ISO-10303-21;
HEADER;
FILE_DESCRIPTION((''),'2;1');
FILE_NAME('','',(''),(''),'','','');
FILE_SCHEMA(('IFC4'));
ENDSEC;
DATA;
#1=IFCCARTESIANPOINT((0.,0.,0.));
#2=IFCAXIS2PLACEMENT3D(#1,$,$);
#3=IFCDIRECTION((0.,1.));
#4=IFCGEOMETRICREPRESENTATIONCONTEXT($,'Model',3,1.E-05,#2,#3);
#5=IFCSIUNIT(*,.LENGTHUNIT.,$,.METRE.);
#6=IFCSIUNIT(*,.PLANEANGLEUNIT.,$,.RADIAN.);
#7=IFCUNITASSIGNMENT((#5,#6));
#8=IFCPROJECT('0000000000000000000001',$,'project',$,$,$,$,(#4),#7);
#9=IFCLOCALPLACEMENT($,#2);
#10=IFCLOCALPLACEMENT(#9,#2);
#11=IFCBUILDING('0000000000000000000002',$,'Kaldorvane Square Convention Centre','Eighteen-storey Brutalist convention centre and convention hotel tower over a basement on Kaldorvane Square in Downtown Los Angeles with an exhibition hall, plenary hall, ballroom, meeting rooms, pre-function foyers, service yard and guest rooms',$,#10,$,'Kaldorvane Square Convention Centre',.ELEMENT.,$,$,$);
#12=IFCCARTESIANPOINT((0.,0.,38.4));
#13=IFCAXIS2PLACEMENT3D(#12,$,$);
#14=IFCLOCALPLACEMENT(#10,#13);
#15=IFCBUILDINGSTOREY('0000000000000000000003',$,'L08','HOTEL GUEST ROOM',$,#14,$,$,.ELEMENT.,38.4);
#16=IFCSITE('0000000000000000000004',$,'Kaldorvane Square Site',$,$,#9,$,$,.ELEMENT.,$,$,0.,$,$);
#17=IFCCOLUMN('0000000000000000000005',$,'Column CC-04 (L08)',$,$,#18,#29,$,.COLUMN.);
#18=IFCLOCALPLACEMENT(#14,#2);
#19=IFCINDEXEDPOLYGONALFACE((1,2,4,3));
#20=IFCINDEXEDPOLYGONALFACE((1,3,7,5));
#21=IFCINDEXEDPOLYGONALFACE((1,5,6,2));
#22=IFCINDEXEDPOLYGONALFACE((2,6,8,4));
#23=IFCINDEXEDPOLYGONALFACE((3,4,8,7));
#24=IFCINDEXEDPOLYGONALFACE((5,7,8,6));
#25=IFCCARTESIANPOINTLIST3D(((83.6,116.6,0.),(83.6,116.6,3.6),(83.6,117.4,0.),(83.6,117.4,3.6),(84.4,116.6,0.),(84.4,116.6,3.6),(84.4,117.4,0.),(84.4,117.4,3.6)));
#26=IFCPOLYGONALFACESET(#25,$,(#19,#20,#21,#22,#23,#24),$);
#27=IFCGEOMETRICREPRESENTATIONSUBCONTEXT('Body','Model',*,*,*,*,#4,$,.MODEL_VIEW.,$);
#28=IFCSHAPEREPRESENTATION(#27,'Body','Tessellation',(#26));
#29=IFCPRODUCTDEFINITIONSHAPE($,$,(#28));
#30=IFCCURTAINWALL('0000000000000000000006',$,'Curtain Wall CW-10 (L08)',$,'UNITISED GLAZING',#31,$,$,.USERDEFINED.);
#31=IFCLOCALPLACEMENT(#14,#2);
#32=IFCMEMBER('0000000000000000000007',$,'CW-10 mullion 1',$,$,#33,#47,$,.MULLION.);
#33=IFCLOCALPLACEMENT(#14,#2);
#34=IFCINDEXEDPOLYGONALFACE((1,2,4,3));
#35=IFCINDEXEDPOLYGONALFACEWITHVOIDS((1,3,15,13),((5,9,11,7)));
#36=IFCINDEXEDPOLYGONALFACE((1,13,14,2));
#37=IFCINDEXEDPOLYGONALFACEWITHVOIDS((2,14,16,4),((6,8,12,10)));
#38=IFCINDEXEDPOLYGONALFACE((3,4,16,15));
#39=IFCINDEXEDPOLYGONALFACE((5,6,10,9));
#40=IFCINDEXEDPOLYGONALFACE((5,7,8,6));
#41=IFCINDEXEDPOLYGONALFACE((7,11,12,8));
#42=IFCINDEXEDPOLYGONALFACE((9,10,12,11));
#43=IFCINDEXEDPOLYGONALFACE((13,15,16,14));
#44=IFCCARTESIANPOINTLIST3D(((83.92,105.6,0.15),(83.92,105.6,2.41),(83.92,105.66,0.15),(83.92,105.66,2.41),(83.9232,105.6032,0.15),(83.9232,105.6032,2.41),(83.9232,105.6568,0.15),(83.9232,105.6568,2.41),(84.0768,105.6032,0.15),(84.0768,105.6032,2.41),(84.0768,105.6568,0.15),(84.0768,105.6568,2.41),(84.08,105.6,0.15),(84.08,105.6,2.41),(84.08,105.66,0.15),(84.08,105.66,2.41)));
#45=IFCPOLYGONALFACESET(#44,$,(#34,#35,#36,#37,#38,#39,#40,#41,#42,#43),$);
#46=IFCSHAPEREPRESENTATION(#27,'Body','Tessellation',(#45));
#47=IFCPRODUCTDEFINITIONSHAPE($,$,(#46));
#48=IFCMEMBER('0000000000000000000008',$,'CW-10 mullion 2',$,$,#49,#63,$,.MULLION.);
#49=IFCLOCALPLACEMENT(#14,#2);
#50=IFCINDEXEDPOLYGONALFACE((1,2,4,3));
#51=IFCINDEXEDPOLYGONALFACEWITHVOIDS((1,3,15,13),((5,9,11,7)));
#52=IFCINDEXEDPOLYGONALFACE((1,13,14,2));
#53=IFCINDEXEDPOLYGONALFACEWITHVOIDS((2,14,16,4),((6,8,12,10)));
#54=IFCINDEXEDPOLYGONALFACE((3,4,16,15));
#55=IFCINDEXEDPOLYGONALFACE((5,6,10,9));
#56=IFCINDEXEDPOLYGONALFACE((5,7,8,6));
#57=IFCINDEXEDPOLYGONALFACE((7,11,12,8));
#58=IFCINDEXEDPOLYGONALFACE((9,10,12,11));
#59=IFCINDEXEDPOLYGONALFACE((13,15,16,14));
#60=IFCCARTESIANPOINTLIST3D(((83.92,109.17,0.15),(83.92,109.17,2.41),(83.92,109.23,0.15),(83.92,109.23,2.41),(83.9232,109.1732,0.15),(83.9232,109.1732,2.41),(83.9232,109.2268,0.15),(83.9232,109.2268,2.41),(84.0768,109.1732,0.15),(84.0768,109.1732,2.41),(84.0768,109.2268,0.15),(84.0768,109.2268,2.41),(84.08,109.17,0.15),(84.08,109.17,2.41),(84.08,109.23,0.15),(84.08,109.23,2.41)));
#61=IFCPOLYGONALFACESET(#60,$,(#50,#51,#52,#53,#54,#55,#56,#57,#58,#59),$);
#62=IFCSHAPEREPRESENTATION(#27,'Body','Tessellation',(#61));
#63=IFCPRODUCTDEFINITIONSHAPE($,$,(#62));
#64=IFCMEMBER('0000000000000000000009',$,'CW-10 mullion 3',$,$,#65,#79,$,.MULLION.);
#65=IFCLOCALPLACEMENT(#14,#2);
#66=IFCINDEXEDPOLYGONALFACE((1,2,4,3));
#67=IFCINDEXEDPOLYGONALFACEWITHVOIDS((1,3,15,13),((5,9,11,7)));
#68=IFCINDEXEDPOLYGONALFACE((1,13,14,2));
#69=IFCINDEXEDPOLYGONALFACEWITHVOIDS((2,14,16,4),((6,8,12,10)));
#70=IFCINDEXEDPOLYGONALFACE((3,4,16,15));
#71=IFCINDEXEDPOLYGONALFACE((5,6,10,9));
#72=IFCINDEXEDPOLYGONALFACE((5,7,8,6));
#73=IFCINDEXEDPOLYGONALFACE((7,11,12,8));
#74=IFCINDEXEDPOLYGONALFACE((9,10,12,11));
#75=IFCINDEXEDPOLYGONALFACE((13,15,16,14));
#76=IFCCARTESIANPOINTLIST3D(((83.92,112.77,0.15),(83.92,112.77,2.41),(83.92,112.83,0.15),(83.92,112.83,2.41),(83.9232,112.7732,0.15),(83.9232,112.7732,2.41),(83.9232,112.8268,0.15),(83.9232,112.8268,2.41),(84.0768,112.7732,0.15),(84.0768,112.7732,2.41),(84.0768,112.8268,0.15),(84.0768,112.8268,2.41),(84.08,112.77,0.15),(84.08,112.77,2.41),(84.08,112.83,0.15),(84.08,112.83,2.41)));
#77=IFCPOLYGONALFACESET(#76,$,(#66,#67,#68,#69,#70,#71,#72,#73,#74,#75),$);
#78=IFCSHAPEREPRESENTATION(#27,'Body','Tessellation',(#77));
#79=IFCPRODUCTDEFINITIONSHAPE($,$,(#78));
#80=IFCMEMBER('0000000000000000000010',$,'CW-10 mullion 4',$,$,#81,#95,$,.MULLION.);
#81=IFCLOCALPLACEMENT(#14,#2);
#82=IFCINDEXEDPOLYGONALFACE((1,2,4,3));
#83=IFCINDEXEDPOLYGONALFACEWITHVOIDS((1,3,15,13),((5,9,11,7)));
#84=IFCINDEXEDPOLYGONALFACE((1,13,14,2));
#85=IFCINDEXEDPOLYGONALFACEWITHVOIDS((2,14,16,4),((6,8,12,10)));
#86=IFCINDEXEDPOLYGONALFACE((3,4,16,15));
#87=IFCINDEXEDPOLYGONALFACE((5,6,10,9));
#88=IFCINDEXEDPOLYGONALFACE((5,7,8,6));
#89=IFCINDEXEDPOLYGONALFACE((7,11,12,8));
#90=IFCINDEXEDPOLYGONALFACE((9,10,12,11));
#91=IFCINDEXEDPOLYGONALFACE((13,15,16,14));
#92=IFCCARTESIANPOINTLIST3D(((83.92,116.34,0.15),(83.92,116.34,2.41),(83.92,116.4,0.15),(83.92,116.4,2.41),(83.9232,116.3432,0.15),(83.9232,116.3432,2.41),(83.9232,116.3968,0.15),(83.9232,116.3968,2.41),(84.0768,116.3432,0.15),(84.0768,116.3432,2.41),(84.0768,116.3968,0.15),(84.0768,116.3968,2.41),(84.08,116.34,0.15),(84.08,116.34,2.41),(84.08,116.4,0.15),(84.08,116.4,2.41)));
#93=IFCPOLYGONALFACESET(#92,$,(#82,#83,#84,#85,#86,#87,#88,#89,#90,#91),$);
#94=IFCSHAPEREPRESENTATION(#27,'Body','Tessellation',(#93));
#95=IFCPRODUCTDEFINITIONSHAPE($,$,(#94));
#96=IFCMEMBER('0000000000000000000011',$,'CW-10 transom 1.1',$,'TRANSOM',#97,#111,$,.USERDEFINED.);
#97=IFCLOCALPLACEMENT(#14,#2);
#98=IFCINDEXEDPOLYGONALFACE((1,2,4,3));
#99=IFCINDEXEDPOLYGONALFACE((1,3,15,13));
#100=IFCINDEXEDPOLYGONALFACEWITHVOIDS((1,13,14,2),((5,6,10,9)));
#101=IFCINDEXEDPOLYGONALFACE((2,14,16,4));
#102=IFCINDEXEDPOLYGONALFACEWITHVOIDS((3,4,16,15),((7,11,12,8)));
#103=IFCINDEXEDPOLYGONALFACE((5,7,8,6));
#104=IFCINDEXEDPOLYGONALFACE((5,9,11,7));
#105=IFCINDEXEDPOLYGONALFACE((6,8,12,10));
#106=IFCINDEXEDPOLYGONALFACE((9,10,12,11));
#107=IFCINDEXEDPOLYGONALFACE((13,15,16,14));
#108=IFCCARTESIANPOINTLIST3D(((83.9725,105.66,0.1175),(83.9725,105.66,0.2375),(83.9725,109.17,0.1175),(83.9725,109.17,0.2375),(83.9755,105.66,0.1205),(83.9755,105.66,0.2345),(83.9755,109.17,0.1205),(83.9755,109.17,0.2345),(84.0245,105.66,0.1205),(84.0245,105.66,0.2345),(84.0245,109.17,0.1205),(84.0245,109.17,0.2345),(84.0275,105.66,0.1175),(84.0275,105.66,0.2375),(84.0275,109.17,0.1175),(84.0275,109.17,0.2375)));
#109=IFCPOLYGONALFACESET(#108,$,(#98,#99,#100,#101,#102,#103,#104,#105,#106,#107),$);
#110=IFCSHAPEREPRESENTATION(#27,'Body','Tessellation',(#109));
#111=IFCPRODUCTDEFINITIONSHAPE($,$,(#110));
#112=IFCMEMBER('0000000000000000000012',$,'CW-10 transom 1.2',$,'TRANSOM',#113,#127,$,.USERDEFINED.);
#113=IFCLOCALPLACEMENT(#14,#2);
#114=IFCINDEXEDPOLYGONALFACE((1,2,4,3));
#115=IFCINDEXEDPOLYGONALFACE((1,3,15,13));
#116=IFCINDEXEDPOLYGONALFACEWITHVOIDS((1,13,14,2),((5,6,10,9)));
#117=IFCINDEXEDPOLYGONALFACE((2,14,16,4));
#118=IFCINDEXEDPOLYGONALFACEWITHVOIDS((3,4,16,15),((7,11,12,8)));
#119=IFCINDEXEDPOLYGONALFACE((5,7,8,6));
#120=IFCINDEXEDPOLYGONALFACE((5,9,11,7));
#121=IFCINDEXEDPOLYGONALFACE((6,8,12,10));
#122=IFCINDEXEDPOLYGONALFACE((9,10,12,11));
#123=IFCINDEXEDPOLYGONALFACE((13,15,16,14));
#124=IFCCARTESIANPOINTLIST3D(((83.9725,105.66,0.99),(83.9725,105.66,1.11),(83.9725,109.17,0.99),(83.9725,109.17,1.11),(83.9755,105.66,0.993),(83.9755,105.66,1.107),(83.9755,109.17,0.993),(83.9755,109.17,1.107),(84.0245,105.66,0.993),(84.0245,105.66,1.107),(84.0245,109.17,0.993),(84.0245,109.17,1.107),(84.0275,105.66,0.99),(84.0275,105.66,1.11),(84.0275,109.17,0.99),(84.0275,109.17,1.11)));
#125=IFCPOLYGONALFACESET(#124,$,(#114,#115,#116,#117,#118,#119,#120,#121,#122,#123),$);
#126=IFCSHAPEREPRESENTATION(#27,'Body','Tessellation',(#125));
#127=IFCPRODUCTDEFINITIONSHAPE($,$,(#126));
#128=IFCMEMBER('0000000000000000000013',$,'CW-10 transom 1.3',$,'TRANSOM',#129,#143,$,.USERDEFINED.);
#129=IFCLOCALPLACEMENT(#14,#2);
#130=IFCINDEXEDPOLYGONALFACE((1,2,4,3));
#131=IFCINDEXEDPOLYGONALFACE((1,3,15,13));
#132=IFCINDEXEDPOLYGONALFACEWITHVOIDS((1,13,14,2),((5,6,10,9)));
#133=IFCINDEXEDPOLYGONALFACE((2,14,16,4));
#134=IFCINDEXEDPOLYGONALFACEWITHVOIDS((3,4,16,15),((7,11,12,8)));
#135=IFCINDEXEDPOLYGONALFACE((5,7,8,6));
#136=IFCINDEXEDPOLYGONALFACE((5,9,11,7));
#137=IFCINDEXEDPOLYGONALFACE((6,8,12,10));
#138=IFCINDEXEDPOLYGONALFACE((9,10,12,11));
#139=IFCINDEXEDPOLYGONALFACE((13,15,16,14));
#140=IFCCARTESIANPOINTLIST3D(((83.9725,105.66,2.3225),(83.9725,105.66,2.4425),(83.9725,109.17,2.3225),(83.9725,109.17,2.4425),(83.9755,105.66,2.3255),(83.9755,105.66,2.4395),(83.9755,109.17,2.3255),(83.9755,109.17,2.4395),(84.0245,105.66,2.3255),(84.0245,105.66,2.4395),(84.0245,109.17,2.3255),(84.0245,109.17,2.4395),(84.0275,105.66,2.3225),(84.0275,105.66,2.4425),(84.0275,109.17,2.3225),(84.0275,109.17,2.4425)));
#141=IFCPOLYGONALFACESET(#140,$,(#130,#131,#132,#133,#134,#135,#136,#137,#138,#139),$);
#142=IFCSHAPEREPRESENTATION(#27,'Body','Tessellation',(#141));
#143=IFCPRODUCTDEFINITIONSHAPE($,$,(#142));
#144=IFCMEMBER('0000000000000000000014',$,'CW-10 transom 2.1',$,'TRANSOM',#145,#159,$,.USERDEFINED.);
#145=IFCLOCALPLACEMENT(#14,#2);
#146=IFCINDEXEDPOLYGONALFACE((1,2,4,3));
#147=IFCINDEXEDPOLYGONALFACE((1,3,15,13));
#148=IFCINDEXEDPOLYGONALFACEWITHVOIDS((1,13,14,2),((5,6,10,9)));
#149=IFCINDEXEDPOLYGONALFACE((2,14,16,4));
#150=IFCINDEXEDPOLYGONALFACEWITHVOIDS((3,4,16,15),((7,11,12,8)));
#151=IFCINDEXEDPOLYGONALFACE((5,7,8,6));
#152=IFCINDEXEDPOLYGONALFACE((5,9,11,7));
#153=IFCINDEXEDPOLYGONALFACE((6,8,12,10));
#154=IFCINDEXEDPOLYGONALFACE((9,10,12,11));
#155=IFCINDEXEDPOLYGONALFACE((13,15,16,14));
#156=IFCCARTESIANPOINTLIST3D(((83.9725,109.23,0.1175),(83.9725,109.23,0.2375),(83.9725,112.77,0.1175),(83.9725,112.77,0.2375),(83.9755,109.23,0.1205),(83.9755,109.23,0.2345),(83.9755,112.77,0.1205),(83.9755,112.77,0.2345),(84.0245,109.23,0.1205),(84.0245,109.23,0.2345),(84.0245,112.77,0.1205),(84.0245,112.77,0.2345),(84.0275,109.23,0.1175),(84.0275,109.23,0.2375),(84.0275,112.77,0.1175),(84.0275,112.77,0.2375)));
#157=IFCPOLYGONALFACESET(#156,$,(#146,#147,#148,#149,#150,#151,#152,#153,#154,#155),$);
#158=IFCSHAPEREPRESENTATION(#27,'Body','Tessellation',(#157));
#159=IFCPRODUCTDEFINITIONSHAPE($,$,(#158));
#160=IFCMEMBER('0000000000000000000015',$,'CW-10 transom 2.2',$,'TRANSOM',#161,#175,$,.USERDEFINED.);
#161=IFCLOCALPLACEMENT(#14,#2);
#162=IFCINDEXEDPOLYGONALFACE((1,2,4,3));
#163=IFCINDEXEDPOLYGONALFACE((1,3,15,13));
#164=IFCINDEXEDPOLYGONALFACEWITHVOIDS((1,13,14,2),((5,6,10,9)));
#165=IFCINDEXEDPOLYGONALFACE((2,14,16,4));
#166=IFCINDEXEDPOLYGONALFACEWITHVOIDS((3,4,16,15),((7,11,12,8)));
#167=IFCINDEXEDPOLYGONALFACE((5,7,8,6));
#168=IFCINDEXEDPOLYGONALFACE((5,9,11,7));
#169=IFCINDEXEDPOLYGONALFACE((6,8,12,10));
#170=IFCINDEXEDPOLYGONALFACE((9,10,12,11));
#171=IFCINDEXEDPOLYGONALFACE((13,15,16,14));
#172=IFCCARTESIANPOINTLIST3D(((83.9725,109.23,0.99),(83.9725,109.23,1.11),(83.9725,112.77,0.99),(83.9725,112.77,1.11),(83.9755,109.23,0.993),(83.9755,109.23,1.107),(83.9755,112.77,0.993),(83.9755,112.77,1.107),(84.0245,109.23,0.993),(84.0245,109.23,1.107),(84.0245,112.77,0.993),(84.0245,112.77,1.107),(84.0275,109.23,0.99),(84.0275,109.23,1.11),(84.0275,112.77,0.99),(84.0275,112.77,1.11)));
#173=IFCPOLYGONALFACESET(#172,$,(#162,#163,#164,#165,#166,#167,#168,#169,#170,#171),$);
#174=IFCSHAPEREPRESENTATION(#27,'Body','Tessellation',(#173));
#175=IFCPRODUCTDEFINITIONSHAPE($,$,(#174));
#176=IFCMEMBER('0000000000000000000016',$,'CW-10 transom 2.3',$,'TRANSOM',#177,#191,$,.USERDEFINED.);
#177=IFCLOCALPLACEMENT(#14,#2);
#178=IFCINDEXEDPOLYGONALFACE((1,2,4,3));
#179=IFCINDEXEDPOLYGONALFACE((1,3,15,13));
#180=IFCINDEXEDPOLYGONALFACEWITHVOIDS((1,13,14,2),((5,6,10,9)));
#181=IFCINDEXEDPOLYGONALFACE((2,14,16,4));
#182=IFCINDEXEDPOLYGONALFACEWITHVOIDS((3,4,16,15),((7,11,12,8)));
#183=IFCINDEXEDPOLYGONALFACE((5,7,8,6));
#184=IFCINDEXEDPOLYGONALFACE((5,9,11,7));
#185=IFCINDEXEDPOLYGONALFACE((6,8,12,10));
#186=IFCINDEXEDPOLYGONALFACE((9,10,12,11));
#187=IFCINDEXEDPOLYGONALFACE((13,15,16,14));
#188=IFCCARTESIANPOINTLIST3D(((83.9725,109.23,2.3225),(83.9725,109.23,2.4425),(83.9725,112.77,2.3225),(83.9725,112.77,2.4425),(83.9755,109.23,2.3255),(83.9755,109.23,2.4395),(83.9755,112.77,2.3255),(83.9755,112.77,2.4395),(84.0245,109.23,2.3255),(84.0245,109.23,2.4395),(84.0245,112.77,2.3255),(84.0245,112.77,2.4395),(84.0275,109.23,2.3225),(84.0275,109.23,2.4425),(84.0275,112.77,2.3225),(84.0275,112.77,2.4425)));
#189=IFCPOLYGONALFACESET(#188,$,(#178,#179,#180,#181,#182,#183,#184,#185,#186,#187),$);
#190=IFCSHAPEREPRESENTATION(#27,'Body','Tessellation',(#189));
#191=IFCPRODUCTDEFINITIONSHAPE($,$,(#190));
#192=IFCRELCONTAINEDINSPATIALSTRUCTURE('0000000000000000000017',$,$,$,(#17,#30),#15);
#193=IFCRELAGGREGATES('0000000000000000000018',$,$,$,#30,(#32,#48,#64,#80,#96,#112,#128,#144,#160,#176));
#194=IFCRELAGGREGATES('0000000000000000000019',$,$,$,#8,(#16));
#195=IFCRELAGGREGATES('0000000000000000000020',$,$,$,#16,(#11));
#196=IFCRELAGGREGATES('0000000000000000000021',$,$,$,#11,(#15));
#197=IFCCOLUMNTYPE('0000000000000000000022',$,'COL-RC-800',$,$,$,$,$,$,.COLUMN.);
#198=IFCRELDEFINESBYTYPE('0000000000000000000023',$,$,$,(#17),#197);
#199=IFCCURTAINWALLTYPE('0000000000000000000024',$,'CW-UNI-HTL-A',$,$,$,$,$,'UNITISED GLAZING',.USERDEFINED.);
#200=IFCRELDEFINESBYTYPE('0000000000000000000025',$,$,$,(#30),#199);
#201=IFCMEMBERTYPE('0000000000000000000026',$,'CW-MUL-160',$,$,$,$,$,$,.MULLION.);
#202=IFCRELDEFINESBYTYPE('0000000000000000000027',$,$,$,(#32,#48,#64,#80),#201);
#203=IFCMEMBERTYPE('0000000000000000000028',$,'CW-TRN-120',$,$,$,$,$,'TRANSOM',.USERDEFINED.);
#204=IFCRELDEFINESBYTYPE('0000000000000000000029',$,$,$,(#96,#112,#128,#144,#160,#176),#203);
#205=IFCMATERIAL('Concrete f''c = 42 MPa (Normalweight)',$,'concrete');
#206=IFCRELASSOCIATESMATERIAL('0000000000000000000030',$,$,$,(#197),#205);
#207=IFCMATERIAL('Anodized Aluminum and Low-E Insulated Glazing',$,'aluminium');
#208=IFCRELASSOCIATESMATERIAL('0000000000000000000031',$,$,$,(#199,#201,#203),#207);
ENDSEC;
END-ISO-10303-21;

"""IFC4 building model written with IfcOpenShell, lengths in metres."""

from ifc_helpers import new_model, si_unit, direction, frame, origin, origin_2d, place, context, subcontext, project, spatial, rectangle, hollow_rectangle, extrude, material, material_profile, profile_set, type_object, element, aggregate, save


model = new_model("IFC4")

# Units and contexts
model_context = context("Model", 3, precision=1e-05, world=origin(), true_north=direction((0.0, 1.0)))
body_context = subcontext(model_context, "Body", "Model", "MODEL_VIEW")
ifc_project = project(units=[si_unit("LENGTHUNIT", "METRE"), si_unit("PLANEANGLEUNIT", "RADIAN")], contexts=[model_context])

# Site, building, storey
site_placement = place(None, origin())
site = spatial("IfcSite", under=ifc_project, at=site_placement, Name="Kaldorvane Square Site", CompositionType="ELEMENT", RefElevation=0.0)
building_placement = place(site_placement, origin())
building = spatial("IfcBuilding", under=site, at=building_placement, Name="Kaldorvane Square Convention Centre", Description="Eighteen-storey Brutalist convention centre and convention hotel tower over a basement on Kaldorvane Square in Downtown Los Angeles with an exhibition hall, plenary hall, ballroom, meeting rooms, pre-function foyers, service yard and guest rooms", LongName="Kaldorvane Square Convention Centre", CompositionType="ELEMENT")
storey_placement = place(building_placement, frame((0.0, 0.0, 38.4)))
storey = spatial("IfcBuildingStorey", under=building, at=storey_placement, Name="L08", Description="HOTEL GUEST ROOM", CompositionType="ELEMENT", Elevation=38.4)

# Column
ifc_material_1 = material(Name="Concrete f'c = 42 MPa (Normalweight)", Category="concrete")
ifc_material_profile_1 = material_profile(ifc_material_1, rectangle(XDim=0.8, YDim=0.8, at=origin_2d()), Name="RC800X800")
ifc_profile_set_1 = profile_set([ifc_material_profile_1], Name="Concrete f'c = 42 MPa (Normalweight)")
column_type = type_object("IfcColumnType", Name="COL-RC-800", PredefinedType="COLUMN", material=ifc_profile_set_1)
column_placement = place(storey_placement, frame((84.0, 117.0, 0.0), z_axis=(0.0, 0.0, 1.0), x_axis=(1.0, 0.0, 0.0)))
element("IfcColumn", 1, at=column_placement, inside=storey, type_object=column_type, Name="Column CC-04 (L08)", PredefinedType="COLUMN", context=body_context, shape_type="SweptSolid", body=[
    extrude(rectangle(XDim=0.8, YDim=0.8, at=origin_2d()), origin(), (0.0, 0.0, 1.0), 3.6),
])

# Curtain wall, members
ifc_material_2 = material(Name="Anodized Aluminum and Low-E Insulated Glazing", Category="aluminium")
curtain_wall_type = type_object("IfcCurtainWallType", Name="CW-UNI-HTL-A", ElementType="UNITISED GLAZING", PredefinedType="USERDEFINED", material=ifc_material_2)
curtain_wall_placement = place(storey_placement, origin())
curtain_wall = element("IfcCurtainWall", 2, at=curtain_wall_placement, inside=storey, type_object=curtain_wall_type, Name="Curtain Wall CW-10 (L08)", ObjectType="UNITISED GLAZING", PredefinedType="USERDEFINED")
ifc_material_profile_2 = material_profile(ifc_material_2, hollow_rectangle(XDim=0.06, YDim=0.16, WallThickness=0.0032, at=origin_2d()), Name="CWM-160X60")
ifc_profile_set_2 = profile_set([ifc_material_profile_2], Name="Anodized Aluminum and Low-E Insulated Glazing")
member_type_1 = type_object("IfcMemberType", Name="CW-MUL-160", PredefinedType="MULLION", material=ifc_profile_set_2)
member_1_placement = place(storey_placement, frame((84.0, 105.63, 0.15), z_axis=(0.0, 0.0, 1.0), x_axis=(0.0, 1.0, 0.0)))
member_1 = element("IfcMember", 3, at=member_1_placement, type_object=member_type_1, Name="CW-10 mullion 1", PredefinedType="MULLION", context=body_context, shape_type="SweptSolid", body=[
    extrude(hollow_rectangle(XDim=0.06, YDim=0.16, WallThickness=0.0032, at=origin_2d()), origin(), (0.0, 0.0, 1.0), 2.26),
])
member_2_placement = place(storey_placement, frame((84.0, 109.2, 0.15), z_axis=(0.0, 0.0, 1.0), x_axis=(0.0, 1.0, 0.0)))
member_2 = element("IfcMember", 4, at=member_2_placement, type_object=member_type_1, Name="CW-10 mullion 2", PredefinedType="MULLION", context=body_context, shape_type="SweptSolid", body=[
    extrude(hollow_rectangle(XDim=0.06, YDim=0.16, WallThickness=0.0032, at=origin_2d()), origin(), (0.0, 0.0, 1.0), 2.26),
])
member_3_placement = place(storey_placement, frame((84.0, 112.8, 0.15), z_axis=(0.0, 0.0, 1.0), x_axis=(0.0, 1.0, 0.0)))
member_3 = element("IfcMember", 5, at=member_3_placement, type_object=member_type_1, Name="CW-10 mullion 3", PredefinedType="MULLION", context=body_context, shape_type="SweptSolid", body=[
    extrude(hollow_rectangle(XDim=0.06, YDim=0.16, WallThickness=0.0032, at=origin_2d()), origin(), (0.0, 0.0, 1.0), 2.26),
])
member_4_placement = place(storey_placement, frame((84.0, 116.37, 0.15), z_axis=(0.0, 0.0, 1.0), x_axis=(0.0, 1.0, 0.0)))
member_4 = element("IfcMember", 6, at=member_4_placement, type_object=member_type_1, Name="CW-10 mullion 4", PredefinedType="MULLION", context=body_context, shape_type="SweptSolid", body=[
    extrude(hollow_rectangle(XDim=0.06, YDim=0.16, WallThickness=0.0032, at=origin_2d()), origin(), (0.0, 0.0, 1.0), 2.26),
])
ifc_material_profile_3 = material_profile(ifc_material_2, hollow_rectangle(XDim=0.055, YDim=0.12, WallThickness=0.003, at=origin_2d()), Name="CWT-120X55")
ifc_profile_set_3 = profile_set([ifc_material_profile_3], Name="Anodized Aluminum and Low-E Insulated Glazing")
member_type_2 = type_object("IfcMemberType", Name="CW-TRN-120", ElementType="TRANSOM", PredefinedType="USERDEFINED", material=ifc_profile_set_3)
member_5_placement = place(storey_placement, frame((84.0, 105.66, 0.1775), z_axis=(0.0, 1.0, 0.0), x_axis=(-1.0, 0.0, 0.0)))
member_5 = element("IfcMember", 7, at=member_5_placement, type_object=member_type_2, Name="CW-10 transom 1.1", ObjectType="TRANSOM", PredefinedType="USERDEFINED", context=body_context, shape_type="SweptSolid", body=[
    extrude(hollow_rectangle(XDim=0.055, YDim=0.12, WallThickness=0.003, at=origin_2d()), origin(), (0.0, 0.0, 1.0), 3.51),
])
member_6_placement = place(storey_placement, frame((84.0, 105.66, 1.05), z_axis=(0.0, 1.0, 0.0), x_axis=(-1.0, 0.0, 0.0)))
member_6 = element("IfcMember", 8, at=member_6_placement, type_object=member_type_2, Name="CW-10 transom 1.2", ObjectType="TRANSOM", PredefinedType="USERDEFINED", context=body_context, shape_type="SweptSolid", body=[
    extrude(hollow_rectangle(XDim=0.055, YDim=0.12, WallThickness=0.003, at=origin_2d()), origin(), (0.0, 0.0, 1.0), 3.51),
])
member_7_placement = place(storey_placement, frame((84.0, 105.66, 2.3825), z_axis=(0.0, 1.0, 0.0), x_axis=(-1.0, 0.0, 0.0)))
member_7 = element("IfcMember", 9, at=member_7_placement, type_object=member_type_2, Name="CW-10 transom 1.3", ObjectType="TRANSOM", PredefinedType="USERDEFINED", context=body_context, shape_type="SweptSolid", body=[
    extrude(hollow_rectangle(XDim=0.055, YDim=0.12, WallThickness=0.003, at=origin_2d()), origin(), (0.0, 0.0, 1.0), 3.51),
])
member_8_placement = place(storey_placement, frame((84.0, 109.23, 0.1775), z_axis=(0.0, 1.0, 0.0), x_axis=(-1.0, 0.0, 0.0)))
member_8 = element("IfcMember", 10, at=member_8_placement, type_object=member_type_2, Name="CW-10 transom 2.1", ObjectType="TRANSOM", PredefinedType="USERDEFINED", context=body_context, shape_type="SweptSolid", body=[
    extrude(hollow_rectangle(XDim=0.055, YDim=0.12, WallThickness=0.003, at=origin_2d()), origin(), (0.0, 0.0, 1.0), 3.54),
])
member_9_placement = place(storey_placement, frame((84.0, 109.23, 1.05), z_axis=(0.0, 1.0, 0.0), x_axis=(-1.0, 0.0, 0.0)))
member_9 = element("IfcMember", 11, at=member_9_placement, type_object=member_type_2, Name="CW-10 transom 2.2", ObjectType="TRANSOM", PredefinedType="USERDEFINED", context=body_context, shape_type="SweptSolid", body=[
    extrude(hollow_rectangle(XDim=0.055, YDim=0.12, WallThickness=0.003, at=origin_2d()), origin(), (0.0, 0.0, 1.0), 3.54),
])
member_10_placement = place(storey_placement, frame((84.0, 109.23, 2.3825), z_axis=(0.0, 1.0, 0.0), x_axis=(-1.0, 0.0, 0.0)))
member_10 = element("IfcMember", 12, at=member_10_placement, type_object=member_type_2, Name="CW-10 transom 2.3", ObjectType="TRANSOM", PredefinedType="USERDEFINED", context=body_context, shape_type="SweptSolid", body=[
    extrude(hollow_rectangle(XDim=0.055, YDim=0.12, WallThickness=0.003, at=origin_2d()), origin(), (0.0, 0.0, 1.0), 3.54),
])
aggregate(curtain_wall, [member_1, member_2, member_3, member_4, member_5, member_6, member_7, member_8, member_9, member_10])

save(model, "model.ifc")
